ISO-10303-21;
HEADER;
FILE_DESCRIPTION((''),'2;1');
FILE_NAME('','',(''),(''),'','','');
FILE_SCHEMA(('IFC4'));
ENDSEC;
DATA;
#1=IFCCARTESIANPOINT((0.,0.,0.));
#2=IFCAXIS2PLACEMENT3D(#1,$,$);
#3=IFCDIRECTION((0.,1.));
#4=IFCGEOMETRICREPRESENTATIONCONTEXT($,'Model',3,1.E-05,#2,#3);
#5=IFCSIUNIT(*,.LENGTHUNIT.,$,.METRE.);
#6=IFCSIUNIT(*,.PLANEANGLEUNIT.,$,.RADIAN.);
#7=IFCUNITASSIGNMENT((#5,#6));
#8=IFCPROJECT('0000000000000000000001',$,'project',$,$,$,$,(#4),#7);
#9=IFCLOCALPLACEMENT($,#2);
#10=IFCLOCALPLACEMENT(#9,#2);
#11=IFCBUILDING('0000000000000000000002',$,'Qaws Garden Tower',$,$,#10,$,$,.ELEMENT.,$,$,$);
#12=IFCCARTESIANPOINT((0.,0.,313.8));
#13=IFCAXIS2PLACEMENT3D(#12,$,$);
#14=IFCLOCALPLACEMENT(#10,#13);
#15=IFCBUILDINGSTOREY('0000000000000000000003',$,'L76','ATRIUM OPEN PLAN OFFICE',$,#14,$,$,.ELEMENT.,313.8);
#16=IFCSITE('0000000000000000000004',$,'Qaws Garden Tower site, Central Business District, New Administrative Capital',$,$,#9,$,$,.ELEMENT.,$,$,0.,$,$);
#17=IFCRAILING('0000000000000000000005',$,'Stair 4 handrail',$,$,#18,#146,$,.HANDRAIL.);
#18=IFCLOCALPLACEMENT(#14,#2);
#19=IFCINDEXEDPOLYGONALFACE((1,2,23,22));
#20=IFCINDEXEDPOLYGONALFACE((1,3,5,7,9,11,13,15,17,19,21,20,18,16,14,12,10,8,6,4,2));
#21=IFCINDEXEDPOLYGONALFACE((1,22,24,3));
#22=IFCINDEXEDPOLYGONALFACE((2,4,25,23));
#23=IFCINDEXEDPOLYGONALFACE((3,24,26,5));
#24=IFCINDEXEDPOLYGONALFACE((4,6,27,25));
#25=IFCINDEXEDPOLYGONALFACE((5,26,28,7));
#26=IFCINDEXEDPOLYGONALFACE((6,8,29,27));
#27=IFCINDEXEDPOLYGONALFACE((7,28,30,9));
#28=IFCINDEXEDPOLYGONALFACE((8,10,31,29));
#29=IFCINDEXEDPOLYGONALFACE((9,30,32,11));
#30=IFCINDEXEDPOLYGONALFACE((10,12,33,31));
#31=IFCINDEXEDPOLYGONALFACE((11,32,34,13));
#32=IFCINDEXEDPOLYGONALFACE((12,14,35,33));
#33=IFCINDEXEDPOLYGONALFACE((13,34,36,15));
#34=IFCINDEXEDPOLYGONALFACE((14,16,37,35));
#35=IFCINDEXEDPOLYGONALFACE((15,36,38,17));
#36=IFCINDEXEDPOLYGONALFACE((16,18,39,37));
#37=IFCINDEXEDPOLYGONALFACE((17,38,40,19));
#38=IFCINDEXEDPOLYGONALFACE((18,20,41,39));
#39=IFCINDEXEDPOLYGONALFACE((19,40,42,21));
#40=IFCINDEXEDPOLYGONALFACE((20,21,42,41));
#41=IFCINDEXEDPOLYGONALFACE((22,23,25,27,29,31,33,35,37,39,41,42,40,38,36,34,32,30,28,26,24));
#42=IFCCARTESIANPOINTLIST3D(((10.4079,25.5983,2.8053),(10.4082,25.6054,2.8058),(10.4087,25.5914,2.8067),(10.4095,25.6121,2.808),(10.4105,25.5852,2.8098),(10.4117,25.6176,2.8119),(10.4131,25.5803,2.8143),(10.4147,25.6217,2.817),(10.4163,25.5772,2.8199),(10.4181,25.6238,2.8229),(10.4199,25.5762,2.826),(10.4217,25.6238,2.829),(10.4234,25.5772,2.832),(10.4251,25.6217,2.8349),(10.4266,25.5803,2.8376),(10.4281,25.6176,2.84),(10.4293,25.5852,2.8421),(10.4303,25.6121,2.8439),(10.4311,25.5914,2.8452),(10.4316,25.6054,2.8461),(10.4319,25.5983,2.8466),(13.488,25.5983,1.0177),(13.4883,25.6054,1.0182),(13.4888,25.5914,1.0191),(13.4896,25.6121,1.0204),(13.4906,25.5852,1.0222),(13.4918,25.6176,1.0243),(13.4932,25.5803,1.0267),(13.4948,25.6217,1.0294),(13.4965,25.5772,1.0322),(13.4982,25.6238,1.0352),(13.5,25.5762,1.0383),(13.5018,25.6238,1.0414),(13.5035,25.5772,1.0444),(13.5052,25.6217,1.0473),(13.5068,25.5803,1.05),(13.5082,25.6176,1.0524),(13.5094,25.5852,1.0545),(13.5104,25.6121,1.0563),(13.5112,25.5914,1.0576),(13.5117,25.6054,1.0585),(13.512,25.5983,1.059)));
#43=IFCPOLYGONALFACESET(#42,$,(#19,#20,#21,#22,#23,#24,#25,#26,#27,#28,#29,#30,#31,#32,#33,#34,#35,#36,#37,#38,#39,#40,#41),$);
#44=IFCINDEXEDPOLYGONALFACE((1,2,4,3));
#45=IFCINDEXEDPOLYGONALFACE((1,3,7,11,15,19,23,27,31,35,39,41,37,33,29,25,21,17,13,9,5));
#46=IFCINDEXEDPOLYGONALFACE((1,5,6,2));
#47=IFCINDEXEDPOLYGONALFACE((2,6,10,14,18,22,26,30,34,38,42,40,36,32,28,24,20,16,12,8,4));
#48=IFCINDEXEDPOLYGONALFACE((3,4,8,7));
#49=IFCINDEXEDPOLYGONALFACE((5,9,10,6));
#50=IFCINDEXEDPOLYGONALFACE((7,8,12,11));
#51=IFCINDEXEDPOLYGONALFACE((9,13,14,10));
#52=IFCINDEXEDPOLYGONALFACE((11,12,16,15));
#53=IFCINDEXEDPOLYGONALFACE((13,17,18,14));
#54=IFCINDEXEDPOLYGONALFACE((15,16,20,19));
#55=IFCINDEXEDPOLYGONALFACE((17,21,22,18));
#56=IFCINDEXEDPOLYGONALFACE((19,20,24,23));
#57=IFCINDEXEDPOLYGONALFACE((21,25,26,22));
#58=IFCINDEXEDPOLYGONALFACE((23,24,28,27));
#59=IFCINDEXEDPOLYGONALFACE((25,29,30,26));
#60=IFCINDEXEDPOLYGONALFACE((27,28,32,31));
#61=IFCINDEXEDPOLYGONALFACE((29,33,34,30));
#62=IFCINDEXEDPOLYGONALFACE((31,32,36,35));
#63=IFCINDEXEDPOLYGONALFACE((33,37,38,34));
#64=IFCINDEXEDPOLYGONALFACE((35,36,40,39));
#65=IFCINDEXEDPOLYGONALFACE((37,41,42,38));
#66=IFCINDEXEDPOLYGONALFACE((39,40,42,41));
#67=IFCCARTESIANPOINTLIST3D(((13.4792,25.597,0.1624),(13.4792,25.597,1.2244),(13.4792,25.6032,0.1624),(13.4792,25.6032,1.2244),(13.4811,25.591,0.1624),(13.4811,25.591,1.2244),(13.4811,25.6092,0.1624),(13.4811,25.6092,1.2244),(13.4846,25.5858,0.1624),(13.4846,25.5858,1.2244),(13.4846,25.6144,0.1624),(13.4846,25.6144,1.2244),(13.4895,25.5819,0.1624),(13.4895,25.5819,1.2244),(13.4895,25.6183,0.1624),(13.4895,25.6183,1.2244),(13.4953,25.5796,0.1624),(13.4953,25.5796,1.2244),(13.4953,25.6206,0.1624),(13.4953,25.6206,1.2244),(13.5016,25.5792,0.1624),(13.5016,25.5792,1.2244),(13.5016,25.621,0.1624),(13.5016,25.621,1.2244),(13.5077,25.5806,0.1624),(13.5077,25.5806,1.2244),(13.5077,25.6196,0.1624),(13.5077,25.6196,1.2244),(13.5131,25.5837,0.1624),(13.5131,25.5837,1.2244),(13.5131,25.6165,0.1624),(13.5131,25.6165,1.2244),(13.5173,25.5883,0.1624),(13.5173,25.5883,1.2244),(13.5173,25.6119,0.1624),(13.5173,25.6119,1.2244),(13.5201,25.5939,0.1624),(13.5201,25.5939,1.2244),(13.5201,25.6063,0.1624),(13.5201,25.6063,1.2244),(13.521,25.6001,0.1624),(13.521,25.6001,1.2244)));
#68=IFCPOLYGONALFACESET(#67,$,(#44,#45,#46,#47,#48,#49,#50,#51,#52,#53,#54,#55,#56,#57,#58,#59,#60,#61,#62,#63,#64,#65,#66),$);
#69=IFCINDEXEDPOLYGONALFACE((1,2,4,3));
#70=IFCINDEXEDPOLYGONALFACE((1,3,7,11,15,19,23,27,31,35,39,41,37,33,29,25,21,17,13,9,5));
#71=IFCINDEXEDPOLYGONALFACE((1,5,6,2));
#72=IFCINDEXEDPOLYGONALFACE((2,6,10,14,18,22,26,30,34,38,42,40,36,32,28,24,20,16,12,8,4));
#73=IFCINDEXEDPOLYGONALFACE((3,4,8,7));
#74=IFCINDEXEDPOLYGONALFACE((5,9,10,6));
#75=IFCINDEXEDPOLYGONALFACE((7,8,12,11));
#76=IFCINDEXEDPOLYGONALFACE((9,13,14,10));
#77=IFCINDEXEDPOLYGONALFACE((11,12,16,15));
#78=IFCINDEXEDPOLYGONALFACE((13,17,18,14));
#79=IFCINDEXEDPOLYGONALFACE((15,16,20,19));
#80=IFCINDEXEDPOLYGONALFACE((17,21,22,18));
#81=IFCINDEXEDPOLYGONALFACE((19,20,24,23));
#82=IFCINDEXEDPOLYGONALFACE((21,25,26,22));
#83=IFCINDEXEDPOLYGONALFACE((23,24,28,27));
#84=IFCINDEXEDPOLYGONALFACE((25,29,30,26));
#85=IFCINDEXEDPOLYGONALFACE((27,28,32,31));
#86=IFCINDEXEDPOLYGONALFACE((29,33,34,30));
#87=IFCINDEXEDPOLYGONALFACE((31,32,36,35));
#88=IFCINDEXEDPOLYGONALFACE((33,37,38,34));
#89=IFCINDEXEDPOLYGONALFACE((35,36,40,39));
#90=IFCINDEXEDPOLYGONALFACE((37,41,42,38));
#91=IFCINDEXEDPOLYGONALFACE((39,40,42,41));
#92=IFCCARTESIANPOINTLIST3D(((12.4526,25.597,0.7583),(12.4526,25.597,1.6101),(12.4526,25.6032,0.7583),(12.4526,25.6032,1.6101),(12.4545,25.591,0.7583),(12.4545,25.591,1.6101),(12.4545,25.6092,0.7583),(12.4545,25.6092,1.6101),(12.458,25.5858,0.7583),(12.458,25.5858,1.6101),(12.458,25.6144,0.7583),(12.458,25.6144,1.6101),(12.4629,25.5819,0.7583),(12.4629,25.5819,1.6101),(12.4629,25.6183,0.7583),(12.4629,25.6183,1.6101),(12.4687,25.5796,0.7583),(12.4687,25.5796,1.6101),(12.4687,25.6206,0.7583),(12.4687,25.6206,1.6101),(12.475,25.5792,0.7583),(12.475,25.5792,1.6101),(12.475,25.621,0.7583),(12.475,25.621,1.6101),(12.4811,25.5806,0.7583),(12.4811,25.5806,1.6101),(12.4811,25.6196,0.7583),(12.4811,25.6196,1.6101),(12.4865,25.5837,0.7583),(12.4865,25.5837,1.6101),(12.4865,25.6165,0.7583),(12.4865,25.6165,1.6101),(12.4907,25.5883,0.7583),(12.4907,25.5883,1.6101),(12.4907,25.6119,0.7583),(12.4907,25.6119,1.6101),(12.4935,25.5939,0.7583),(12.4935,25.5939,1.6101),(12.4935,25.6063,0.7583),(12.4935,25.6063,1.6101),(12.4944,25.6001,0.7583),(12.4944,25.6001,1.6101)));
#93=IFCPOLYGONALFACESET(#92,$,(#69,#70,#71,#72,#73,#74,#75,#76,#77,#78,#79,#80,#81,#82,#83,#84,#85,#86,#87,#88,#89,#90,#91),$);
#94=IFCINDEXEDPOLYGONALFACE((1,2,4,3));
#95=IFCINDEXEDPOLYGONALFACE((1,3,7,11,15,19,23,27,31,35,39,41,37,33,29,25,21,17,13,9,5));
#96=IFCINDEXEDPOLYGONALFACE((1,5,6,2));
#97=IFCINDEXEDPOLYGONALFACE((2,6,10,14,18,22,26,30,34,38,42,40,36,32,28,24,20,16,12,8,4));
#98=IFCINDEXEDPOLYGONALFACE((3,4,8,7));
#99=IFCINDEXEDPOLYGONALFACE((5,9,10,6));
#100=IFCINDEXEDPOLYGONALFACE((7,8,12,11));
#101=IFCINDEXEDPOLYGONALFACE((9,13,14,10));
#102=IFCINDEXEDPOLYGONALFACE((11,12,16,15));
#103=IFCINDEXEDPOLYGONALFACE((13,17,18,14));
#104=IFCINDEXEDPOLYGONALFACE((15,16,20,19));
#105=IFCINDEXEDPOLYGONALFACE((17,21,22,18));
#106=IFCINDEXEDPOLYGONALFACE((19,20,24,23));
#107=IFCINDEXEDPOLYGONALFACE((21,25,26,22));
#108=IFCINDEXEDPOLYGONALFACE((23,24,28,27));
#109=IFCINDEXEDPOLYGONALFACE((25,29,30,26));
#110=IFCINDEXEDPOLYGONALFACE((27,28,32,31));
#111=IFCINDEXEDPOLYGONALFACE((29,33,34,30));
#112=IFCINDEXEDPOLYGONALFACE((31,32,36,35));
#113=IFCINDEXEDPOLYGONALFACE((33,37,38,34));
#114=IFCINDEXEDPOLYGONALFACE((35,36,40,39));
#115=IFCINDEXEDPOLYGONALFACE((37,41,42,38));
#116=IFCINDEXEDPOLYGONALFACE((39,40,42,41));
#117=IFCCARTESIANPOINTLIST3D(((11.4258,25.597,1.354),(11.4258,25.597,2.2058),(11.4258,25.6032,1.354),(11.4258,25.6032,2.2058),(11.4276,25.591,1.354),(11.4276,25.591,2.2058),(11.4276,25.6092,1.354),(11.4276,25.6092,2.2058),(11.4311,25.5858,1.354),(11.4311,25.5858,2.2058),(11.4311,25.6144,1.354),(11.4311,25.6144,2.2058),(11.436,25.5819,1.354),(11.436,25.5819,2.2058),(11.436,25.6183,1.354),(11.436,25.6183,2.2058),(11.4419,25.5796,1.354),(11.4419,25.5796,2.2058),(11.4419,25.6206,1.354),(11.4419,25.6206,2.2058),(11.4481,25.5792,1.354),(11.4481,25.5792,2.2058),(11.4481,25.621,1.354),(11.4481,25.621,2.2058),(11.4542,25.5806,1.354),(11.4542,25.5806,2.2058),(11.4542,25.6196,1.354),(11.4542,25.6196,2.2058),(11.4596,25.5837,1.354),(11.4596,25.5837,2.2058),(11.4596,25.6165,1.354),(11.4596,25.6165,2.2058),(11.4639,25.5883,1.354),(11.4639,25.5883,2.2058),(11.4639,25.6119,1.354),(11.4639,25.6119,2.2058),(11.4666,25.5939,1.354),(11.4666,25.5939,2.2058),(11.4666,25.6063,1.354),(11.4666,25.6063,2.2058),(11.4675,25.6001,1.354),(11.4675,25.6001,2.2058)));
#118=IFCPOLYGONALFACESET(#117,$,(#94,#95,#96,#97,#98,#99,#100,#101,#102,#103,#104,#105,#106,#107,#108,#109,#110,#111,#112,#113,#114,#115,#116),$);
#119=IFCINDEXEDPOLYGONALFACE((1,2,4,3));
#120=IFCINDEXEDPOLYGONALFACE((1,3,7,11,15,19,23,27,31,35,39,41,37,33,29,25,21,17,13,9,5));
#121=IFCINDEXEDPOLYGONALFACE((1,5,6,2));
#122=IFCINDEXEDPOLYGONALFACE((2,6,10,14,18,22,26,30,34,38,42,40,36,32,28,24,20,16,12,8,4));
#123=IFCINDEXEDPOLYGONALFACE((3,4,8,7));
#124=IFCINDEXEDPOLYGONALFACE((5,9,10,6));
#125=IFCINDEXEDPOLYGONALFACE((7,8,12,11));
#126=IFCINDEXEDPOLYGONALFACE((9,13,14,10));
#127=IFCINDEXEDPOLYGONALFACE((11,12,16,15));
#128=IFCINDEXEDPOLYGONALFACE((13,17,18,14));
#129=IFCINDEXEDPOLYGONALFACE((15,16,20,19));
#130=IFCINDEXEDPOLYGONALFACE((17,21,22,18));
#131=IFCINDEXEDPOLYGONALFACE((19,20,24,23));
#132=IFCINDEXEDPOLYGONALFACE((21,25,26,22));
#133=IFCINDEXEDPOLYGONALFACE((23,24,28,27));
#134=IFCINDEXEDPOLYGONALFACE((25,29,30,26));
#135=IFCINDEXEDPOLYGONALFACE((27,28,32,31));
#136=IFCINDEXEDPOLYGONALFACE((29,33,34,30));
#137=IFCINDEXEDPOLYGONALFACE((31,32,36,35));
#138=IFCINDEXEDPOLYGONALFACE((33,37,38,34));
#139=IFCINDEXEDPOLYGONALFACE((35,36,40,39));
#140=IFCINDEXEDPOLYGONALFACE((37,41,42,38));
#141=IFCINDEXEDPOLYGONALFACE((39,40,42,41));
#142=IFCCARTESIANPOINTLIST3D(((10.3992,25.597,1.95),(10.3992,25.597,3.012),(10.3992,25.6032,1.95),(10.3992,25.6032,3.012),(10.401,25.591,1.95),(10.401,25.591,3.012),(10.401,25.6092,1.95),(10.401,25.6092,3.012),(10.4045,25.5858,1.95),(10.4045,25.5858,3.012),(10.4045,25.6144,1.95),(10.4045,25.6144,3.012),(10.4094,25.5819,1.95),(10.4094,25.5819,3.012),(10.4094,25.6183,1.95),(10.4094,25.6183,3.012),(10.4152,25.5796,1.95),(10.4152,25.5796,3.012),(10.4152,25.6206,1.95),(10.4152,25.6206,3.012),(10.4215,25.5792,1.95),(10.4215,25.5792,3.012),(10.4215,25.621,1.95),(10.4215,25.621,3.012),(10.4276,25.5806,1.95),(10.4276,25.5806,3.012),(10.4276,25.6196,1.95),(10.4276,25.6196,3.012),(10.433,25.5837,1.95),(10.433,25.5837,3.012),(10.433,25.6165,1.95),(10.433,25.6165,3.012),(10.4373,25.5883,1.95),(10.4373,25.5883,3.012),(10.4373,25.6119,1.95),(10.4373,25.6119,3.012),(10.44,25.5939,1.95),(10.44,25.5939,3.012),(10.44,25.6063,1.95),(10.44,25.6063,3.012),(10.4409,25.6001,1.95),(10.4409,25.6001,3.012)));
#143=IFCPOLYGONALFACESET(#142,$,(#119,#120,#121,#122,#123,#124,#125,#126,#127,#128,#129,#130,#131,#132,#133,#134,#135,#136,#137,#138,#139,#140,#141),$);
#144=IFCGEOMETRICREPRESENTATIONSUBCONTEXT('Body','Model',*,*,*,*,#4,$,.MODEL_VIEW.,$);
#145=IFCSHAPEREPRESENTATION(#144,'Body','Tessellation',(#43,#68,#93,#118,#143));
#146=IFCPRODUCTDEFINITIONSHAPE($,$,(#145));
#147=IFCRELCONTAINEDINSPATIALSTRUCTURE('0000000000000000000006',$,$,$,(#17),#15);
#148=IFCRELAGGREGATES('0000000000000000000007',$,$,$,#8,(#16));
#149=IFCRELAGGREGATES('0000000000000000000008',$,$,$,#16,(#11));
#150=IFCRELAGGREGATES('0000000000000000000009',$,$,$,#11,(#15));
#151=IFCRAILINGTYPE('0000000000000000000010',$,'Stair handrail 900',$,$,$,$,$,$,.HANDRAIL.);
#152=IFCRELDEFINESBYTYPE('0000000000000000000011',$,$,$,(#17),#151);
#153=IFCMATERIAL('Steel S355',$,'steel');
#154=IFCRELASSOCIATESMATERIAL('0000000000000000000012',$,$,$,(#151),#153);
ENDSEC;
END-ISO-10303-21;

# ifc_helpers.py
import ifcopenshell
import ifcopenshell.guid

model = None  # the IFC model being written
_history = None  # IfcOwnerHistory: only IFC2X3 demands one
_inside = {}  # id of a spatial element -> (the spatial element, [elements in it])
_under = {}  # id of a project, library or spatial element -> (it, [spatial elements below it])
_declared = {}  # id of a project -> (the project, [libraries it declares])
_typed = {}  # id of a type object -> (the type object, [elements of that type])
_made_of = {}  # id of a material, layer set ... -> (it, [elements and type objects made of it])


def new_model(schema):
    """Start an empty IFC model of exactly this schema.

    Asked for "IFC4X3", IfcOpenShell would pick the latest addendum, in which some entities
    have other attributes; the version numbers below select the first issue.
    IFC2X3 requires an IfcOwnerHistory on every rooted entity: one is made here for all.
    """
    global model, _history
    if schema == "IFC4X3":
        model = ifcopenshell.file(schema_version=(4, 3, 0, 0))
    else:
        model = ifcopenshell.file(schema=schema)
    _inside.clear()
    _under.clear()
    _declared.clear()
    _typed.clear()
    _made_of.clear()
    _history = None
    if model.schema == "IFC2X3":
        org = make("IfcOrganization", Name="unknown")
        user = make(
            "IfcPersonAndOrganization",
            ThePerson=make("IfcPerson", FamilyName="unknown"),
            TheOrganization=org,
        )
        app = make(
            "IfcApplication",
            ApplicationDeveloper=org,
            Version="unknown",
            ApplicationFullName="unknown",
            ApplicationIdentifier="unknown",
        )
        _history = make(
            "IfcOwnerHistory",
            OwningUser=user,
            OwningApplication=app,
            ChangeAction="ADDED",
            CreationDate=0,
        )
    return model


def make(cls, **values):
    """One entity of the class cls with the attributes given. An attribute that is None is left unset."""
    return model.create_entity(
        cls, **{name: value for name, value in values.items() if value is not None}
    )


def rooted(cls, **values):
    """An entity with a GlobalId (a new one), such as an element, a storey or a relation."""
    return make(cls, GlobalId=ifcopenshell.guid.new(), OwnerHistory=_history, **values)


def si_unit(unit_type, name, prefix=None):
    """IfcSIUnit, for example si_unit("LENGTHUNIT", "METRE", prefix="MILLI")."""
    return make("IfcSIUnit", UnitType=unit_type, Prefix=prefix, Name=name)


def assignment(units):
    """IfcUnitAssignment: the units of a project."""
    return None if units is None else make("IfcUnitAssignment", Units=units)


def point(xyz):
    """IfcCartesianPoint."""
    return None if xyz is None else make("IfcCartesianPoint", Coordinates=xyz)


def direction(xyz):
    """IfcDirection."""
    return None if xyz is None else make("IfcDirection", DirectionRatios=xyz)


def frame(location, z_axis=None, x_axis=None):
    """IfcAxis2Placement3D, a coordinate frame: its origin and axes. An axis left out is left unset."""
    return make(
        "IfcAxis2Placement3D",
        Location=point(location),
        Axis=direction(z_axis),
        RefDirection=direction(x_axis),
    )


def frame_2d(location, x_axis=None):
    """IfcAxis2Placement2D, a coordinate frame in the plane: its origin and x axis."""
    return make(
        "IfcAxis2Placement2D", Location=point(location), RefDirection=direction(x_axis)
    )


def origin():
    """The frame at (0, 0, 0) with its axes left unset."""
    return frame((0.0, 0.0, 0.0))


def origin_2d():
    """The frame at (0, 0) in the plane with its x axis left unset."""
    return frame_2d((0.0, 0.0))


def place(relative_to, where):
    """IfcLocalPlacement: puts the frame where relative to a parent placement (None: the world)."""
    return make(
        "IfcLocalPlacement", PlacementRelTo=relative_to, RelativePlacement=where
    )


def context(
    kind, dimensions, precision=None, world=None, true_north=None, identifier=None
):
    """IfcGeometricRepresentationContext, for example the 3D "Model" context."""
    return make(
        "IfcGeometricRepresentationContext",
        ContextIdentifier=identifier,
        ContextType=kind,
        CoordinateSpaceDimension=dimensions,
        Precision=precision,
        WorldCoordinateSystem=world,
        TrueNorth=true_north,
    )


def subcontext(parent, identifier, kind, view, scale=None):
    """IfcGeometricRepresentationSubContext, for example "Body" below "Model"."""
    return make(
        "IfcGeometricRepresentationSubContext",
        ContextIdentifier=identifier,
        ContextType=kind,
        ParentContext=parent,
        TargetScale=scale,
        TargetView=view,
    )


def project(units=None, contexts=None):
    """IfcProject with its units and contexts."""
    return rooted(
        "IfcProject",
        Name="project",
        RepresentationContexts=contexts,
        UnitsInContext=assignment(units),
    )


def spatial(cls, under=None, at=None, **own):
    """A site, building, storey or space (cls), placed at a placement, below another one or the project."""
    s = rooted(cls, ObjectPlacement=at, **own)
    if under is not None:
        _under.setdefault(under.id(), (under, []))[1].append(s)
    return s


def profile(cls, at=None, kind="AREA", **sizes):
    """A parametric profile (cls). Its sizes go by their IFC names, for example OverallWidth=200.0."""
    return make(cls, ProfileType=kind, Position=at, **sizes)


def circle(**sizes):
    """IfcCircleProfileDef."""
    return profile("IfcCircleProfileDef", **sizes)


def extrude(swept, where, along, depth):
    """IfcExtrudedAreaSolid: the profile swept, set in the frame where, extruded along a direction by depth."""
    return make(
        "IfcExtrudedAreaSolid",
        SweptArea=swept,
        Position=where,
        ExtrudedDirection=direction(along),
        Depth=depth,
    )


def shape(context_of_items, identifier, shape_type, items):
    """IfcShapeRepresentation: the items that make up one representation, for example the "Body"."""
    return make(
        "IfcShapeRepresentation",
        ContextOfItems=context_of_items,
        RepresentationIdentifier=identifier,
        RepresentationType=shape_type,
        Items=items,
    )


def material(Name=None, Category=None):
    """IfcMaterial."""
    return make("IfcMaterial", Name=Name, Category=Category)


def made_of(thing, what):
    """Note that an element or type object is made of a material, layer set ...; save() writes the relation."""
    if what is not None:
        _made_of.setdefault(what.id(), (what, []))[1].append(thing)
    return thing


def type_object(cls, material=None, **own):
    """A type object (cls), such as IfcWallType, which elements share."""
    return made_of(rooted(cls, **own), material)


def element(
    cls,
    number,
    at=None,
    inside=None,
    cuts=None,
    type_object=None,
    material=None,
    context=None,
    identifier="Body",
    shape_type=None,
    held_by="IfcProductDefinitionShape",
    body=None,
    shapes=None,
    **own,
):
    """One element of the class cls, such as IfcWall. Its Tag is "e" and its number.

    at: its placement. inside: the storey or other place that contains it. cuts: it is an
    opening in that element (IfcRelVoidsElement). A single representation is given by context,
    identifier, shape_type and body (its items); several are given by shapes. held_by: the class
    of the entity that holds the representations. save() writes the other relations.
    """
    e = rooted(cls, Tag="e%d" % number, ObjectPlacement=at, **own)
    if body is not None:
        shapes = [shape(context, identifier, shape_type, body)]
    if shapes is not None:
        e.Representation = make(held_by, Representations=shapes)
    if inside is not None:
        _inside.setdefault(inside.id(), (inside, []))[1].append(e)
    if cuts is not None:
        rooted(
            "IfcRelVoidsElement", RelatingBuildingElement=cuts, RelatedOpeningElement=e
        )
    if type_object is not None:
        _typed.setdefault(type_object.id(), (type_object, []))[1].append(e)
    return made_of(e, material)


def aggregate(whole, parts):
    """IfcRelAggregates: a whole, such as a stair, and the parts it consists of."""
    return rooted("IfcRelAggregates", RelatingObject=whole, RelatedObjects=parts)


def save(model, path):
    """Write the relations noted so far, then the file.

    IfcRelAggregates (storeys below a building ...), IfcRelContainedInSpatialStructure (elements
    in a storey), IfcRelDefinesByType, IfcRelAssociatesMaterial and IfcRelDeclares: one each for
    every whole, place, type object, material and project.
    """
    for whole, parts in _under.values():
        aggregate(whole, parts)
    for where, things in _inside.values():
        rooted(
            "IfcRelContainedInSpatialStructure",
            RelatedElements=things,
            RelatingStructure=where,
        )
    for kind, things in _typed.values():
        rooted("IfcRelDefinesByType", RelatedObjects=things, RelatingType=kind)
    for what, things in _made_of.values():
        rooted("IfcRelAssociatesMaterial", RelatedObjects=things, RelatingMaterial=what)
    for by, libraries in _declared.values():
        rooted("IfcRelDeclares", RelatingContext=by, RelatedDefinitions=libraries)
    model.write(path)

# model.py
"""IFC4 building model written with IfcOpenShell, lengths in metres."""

from ifc_helpers import new_model, si_unit, direction, frame, origin, origin_2d, place, context, subcontext, project, spatial, circle, extrude, material, type_object, element, save


model = new_model("IFC4")

# Units and contexts
model_context = context("Model", 3, precision=1e-05, world=origin(), true_north=direction((0.0, 1.0)))
body_context = subcontext(model_context, "Body", "Model", "MODEL_VIEW")
ifc_project = project(units=[si_unit("LENGTHUNIT", "METRE"), si_unit("PLANEANGLEUNIT", "RADIAN")], contexts=[model_context])

# Site, building, storey
site_placement = place(None, origin())
site = spatial("IfcSite", under=ifc_project, at=site_placement, Name="Qaws Garden Tower site, Central Business District, New Administrative Capital", CompositionType="ELEMENT", RefElevation=0.0)
building_placement = place(site_placement, origin())
building = spatial("IfcBuilding", under=site, at=building_placement, Name="Qaws Garden Tower", CompositionType="ELEMENT")
storey_placement = place(building_placement, frame((0.0, 0.0, 313.8)))
storey = spatial("IfcBuildingStorey", under=building, at=storey_placement, Name="L76", Description="ATRIUM OPEN PLAN OFFICE", CompositionType="ELEMENT", Elevation=313.8)

# Railing
ifc_material_1 = material(Name="Steel S355", Category="steel")
railing_type = type_object("IfcRailingType", Name="Stair handrail 900", PredefinedType="HANDRAIL", material=ifc_material_1)
railing_1_placement = place(storey_placement, frame((13.5, 25.6001, 0.1624)))
element("IfcRailing", 1, at=railing_1_placement, inside=storey, type_object=railing_type, Name="Stair 4 handrail", PredefinedType="HANDRAIL", context=body_context, shape_type="SweptSolid", body=[
    extrude(circle(Radius=0.0239, at=origin_2d()), frame((0.0, 0.0, 0.876), z_axis=(-0.864891, 0.0, 0.50196), x_axis=(0.0, -1.0, 0.0)), (0.0, 0.0, 1.0), 3.5613),
    extrude(circle(Radius=0.021, at=origin_2d()), origin(), (0.0, 0.0, 1.0), 1.062),
    extrude(circle(Radius=0.021, at=origin_2d()), frame((-1.0266, 0.0, 0.5959)), (0.0, 0.0, 1.0), 0.8518),
    extrude(circle(Radius=0.021, at=origin_2d()), frame((-2.0535, 0.0, 1.1917)), (0.0, 0.0, 1.0), 0.8518),
    extrude(circle(Radius=0.021, at=origin_2d()), frame((-3.0801, 0.0, 1.7876)), (0.0, 0.0, 1.0), 1.062),
])

save(model, "model.ifc")
